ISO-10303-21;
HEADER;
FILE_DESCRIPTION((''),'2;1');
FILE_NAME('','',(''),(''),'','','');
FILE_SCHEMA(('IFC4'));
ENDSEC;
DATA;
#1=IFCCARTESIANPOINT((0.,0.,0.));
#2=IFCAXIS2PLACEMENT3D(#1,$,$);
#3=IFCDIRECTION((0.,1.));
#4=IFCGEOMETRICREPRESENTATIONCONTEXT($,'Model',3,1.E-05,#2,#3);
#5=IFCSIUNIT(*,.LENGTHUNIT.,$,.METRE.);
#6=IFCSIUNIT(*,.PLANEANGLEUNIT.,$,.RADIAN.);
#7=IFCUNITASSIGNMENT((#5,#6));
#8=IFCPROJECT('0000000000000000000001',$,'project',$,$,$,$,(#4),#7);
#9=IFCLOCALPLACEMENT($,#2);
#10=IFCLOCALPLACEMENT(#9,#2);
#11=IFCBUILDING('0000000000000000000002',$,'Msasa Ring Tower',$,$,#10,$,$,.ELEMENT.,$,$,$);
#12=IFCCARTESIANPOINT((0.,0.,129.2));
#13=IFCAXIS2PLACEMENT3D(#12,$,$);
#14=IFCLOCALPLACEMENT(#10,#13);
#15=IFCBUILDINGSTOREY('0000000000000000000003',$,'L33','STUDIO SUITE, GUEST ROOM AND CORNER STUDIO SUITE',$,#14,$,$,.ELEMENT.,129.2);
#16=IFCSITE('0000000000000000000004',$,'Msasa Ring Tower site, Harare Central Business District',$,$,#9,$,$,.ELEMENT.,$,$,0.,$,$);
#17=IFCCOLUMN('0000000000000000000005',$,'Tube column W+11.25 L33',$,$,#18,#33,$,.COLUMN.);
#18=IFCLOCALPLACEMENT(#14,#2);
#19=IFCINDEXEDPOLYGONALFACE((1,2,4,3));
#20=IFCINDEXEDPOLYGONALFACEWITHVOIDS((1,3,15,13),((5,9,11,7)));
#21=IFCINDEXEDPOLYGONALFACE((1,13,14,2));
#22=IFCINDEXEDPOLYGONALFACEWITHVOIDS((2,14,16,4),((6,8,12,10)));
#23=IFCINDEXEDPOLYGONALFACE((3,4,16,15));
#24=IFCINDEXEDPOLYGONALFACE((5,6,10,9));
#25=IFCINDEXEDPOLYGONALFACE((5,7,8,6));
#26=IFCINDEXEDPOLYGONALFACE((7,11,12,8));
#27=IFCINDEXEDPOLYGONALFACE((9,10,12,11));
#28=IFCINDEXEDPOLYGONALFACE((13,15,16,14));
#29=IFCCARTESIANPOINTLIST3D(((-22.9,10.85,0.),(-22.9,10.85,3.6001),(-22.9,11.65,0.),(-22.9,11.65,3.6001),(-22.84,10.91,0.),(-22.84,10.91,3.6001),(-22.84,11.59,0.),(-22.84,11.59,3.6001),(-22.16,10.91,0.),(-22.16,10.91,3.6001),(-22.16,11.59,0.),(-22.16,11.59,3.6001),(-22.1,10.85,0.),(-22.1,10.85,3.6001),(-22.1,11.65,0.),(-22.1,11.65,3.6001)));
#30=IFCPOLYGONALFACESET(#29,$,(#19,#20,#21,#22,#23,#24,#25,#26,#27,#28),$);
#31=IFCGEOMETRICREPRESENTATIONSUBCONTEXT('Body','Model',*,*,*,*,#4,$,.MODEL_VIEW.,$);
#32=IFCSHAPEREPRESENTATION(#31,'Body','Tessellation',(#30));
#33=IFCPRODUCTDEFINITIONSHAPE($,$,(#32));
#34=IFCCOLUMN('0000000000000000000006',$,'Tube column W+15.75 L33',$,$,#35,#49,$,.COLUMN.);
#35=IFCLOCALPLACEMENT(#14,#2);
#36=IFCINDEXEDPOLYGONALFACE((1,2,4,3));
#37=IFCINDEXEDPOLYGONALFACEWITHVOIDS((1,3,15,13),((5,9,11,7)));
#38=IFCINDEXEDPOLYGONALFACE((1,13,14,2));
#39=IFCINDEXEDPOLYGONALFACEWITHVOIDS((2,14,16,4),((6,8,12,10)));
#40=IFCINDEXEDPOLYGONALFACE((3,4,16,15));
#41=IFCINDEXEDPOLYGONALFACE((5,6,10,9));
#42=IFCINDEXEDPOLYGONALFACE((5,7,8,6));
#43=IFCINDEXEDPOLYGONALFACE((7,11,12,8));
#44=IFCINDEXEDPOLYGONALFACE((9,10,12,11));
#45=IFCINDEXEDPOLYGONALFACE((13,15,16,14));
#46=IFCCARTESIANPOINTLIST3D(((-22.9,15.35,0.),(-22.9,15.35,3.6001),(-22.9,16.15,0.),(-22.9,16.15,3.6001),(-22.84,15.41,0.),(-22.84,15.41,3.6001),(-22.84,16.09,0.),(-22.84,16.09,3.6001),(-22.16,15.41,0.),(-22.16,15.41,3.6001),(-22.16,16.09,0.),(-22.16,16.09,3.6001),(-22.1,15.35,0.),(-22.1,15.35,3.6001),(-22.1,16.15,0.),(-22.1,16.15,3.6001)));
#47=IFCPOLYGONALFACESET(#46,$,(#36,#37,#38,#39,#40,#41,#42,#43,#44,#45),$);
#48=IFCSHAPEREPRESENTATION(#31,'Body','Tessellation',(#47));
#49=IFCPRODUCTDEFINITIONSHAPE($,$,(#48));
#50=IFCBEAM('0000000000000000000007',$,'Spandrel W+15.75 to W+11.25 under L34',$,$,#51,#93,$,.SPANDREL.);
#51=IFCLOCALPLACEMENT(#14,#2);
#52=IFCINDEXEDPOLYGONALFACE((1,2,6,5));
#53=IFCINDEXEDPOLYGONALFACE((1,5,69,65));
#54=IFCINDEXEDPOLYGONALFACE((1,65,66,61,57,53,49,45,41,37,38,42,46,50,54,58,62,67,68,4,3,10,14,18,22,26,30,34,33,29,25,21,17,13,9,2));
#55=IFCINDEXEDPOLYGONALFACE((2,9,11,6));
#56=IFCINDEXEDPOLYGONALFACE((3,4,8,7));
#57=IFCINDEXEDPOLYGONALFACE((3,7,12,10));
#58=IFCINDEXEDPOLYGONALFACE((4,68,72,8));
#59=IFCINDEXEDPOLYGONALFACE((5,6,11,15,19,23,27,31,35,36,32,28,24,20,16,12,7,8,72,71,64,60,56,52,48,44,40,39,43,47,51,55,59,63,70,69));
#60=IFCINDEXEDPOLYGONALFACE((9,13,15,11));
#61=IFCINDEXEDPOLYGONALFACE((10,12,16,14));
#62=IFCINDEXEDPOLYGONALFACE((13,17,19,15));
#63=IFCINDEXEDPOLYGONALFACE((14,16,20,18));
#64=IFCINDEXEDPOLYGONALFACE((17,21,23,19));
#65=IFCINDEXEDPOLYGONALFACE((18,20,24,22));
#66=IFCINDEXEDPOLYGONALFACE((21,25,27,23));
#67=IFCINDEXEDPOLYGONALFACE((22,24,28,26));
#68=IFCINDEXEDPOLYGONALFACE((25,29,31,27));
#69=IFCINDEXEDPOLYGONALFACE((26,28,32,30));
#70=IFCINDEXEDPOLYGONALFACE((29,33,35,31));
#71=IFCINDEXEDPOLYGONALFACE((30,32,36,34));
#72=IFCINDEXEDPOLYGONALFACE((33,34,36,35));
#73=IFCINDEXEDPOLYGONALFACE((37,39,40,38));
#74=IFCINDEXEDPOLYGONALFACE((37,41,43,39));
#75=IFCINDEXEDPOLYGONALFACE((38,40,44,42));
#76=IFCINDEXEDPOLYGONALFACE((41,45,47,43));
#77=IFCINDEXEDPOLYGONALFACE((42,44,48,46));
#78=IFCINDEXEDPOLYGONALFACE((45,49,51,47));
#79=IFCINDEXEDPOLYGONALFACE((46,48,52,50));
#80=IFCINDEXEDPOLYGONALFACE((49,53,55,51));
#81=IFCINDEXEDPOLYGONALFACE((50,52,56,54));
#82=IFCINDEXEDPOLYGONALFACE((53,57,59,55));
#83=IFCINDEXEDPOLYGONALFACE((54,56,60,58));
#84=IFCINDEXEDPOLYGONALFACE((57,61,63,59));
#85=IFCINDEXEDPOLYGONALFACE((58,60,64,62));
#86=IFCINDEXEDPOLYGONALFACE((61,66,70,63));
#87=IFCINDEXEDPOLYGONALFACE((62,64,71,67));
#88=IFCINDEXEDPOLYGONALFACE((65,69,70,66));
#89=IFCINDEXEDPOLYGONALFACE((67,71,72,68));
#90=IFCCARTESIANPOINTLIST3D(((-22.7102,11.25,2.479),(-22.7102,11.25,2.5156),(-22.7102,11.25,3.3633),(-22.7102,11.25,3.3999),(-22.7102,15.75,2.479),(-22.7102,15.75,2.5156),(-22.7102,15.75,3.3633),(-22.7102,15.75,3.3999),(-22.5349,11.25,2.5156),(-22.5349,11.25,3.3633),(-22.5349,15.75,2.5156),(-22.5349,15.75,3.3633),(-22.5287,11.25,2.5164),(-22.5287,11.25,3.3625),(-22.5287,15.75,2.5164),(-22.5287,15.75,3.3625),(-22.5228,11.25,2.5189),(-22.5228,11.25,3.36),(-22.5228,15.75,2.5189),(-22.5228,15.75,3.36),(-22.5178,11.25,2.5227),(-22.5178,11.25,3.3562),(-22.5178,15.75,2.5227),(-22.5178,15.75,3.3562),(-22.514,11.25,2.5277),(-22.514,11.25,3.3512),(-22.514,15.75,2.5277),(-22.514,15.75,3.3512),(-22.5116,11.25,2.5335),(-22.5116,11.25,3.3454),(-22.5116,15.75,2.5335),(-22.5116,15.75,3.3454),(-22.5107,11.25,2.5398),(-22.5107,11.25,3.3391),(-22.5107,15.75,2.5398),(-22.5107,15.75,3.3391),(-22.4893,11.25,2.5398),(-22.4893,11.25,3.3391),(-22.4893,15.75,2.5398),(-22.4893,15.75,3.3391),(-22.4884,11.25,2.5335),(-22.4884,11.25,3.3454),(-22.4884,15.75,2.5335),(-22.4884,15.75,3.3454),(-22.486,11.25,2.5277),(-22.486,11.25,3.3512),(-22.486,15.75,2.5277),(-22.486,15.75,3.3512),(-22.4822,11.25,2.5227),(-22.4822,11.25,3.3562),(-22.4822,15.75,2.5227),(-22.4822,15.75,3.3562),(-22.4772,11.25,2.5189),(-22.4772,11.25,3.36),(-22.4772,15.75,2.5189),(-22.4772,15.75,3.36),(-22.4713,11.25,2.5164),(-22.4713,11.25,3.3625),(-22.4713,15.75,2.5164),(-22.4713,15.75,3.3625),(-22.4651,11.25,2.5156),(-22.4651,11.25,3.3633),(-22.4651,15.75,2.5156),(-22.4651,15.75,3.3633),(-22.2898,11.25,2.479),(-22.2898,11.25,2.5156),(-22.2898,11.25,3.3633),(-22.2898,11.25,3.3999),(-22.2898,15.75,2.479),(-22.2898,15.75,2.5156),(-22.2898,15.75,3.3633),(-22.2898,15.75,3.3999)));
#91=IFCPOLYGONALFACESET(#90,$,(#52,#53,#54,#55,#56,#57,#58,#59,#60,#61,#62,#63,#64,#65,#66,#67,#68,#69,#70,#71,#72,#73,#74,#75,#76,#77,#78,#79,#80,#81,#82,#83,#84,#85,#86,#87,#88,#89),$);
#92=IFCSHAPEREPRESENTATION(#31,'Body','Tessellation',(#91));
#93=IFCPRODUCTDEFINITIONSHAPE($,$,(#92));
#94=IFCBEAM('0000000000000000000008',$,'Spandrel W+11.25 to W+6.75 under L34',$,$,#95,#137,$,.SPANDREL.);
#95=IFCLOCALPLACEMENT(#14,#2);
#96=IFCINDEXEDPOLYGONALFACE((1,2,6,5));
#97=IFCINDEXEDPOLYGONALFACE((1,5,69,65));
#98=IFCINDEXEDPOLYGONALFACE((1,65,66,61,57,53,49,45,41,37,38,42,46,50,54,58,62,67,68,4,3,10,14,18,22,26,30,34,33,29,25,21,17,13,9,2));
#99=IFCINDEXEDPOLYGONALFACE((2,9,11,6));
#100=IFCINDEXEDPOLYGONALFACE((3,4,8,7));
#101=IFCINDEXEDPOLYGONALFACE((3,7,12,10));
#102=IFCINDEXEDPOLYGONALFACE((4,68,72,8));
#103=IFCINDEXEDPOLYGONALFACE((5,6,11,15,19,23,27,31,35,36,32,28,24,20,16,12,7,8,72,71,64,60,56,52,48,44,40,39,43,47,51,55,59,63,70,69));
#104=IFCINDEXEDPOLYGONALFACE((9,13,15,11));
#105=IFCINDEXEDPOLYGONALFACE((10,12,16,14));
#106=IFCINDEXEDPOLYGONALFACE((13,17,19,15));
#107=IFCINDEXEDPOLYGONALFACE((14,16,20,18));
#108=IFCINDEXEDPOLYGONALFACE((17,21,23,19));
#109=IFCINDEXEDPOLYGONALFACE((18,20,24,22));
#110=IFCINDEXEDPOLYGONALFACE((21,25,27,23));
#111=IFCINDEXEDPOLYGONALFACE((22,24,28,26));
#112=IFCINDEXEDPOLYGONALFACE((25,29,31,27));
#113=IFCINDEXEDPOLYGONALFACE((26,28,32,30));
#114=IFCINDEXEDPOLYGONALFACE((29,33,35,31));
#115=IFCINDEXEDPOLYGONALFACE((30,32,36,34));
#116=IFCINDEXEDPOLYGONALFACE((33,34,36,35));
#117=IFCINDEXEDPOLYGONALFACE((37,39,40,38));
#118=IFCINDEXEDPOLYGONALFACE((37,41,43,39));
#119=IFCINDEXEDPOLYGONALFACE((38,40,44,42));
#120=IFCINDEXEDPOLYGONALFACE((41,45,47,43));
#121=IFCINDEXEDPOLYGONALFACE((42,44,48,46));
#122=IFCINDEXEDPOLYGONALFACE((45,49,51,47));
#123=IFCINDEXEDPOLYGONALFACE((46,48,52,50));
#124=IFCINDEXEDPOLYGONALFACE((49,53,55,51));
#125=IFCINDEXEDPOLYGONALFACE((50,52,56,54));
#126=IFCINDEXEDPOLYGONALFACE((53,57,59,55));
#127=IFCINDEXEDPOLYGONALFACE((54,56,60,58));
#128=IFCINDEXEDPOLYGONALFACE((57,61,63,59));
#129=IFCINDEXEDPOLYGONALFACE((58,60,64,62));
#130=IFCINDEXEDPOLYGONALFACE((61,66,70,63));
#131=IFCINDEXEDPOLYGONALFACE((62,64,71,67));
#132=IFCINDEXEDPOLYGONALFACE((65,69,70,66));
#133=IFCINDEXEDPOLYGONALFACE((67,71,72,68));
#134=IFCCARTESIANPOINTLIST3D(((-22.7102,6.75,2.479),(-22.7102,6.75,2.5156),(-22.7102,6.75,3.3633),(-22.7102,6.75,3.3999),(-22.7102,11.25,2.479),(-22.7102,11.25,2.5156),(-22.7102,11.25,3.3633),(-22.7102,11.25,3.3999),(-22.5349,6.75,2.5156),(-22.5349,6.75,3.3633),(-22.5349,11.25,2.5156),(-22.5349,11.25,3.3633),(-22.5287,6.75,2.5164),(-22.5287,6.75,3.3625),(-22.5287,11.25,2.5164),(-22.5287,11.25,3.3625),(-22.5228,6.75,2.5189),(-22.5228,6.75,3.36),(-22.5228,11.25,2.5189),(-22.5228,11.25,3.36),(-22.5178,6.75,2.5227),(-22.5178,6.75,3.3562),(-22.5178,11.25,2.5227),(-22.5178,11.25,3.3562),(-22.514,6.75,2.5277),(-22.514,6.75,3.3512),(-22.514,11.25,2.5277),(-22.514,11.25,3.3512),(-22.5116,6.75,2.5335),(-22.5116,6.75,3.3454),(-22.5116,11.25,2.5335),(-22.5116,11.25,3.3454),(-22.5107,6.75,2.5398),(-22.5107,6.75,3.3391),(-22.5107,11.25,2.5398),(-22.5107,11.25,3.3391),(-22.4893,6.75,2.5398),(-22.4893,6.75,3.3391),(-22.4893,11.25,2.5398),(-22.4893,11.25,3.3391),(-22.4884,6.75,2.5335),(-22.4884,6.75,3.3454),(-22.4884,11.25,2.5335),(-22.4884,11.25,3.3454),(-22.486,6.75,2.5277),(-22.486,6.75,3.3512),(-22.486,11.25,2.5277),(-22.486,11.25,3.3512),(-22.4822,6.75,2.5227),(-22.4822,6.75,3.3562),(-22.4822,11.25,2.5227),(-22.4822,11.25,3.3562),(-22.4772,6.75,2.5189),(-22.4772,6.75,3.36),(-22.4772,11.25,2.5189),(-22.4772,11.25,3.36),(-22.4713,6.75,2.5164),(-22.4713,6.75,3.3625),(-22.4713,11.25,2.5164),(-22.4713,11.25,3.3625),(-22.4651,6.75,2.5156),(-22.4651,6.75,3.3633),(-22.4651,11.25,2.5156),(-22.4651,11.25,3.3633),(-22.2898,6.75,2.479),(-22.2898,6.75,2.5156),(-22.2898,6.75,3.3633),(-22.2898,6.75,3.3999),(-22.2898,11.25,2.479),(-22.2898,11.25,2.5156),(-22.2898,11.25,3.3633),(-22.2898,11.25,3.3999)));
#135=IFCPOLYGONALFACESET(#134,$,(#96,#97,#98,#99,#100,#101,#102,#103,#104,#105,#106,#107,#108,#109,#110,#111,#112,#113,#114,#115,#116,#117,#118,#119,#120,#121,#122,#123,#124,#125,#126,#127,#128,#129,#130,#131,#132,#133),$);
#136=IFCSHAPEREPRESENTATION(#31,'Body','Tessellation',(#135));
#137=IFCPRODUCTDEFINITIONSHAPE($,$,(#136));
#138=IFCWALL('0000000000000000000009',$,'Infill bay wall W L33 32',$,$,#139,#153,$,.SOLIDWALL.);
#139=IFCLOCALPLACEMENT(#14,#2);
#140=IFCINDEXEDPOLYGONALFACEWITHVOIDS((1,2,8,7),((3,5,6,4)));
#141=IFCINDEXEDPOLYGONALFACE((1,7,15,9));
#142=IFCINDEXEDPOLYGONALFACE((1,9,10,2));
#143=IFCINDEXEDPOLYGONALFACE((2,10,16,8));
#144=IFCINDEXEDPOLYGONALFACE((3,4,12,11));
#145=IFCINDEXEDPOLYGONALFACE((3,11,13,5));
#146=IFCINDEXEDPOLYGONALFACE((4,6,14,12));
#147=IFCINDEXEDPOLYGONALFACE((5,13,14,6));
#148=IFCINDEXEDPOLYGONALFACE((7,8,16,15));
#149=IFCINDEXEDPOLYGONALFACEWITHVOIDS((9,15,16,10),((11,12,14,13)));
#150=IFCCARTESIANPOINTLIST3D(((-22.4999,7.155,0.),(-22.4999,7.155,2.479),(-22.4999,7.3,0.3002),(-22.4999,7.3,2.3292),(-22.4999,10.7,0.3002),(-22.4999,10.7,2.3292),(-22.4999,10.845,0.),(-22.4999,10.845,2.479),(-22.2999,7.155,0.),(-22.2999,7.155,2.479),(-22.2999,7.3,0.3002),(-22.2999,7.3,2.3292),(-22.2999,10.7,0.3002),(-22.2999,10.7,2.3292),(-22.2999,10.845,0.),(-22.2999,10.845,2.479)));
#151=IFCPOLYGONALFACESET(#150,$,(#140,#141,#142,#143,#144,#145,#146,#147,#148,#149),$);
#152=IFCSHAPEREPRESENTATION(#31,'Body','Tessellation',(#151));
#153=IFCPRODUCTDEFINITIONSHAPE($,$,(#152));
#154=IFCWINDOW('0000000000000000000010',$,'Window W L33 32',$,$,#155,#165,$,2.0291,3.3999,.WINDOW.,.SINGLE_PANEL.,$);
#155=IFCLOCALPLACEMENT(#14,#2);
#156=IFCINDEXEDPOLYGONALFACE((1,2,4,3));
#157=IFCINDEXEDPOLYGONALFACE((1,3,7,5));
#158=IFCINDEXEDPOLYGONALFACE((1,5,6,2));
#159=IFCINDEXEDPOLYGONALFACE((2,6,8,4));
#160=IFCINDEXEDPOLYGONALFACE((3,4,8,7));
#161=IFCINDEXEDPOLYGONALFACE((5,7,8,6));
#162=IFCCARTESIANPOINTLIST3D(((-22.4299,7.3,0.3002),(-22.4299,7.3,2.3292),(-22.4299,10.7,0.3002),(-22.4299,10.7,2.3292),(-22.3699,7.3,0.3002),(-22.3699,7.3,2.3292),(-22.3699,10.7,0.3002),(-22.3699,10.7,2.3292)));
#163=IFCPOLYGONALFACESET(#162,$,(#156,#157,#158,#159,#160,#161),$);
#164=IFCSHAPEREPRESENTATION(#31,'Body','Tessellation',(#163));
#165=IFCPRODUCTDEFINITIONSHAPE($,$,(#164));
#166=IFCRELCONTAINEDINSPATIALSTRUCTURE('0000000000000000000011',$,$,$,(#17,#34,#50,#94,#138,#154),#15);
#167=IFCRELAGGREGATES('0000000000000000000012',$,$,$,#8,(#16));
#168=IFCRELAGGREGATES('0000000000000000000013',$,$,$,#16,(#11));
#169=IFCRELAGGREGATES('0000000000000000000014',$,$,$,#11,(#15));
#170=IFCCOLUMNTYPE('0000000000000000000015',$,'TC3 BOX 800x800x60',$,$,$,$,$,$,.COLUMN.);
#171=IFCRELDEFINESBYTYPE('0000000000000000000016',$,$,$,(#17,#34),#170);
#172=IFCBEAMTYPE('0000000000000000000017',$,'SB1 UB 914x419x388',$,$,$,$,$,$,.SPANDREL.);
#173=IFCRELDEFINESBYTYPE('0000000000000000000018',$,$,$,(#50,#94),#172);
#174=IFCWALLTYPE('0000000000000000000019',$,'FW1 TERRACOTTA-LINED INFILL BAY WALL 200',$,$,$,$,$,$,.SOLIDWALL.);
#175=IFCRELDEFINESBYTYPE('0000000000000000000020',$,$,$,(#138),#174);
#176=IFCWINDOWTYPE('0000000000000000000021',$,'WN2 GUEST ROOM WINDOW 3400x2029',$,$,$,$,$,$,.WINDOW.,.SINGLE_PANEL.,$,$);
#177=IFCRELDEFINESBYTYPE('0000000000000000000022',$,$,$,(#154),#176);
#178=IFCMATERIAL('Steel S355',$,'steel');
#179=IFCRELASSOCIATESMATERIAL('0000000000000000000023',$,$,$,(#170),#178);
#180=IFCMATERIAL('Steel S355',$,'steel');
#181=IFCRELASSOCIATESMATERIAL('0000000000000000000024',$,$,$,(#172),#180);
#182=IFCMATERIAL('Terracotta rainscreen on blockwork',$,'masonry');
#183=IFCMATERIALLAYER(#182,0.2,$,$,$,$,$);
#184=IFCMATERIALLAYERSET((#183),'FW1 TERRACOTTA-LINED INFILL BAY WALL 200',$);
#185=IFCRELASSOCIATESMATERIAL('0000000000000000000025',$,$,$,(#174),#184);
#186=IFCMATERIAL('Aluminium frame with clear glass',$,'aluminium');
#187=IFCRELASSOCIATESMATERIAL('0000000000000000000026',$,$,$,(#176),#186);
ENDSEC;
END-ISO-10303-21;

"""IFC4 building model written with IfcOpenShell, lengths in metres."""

from ifc_helpers import new_model, si_unit, direction, frame, frame_2d, origin, origin_2d, place, context, subcontext, project, spatial, rectangle, hollow_rectangle, i_section, extrude, material, layer, layer_set, material_profile, profile_set, type_object, element, fill, save


model = new_model("IFC4")

# Units and contexts
model_context = context("Model", 3, precision=1e-05, world=origin(), true_north=direction((0.0, 1.0)))
body_context = subcontext(model_context, "Body", "Model", "MODEL_VIEW")
ifc_project = project(units=[si_unit("LENGTHUNIT", "METRE"), si_unit("PLANEANGLEUNIT", "RADIAN")], contexts=[model_context])

# Site, building, storey
site_placement = place(None, origin())
site = spatial("IfcSite", under=ifc_project, at=site_placement, Name="Msasa Ring Tower site, Harare Central Business District", CompositionType="ELEMENT", RefElevation=0.0)
building_placement = place(site_placement, origin())
building = spatial("IfcBuilding", under=site, at=building_placement, Name="Msasa Ring Tower", CompositionType="ELEMENT")
storey_placement = place(building_placement, frame((0.0, 0.0, 129.2)))
storey = spatial("IfcBuildingStorey", under=building, at=storey_placement, Name="L33", Description="STUDIO SUITE, GUEST ROOM AND CORNER STUDIO SUITE", CompositionType="ELEMENT", Elevation=129.2)

# Columns
ifc_material_1 = material(Name="Steel S355", Category="steel")
ifc_material_profile_1 = material_profile(ifc_material_1, hollow_rectangle(XDim=0.8, YDim=0.8, WallThickness=0.0601, at=origin_2d()), Name="BOX 800x800x60")
ifc_profile_set_1 = profile_set([ifc_material_profile_1], Name="Steel S355")
column_type = type_object("IfcColumnType", Name="TC3 BOX 800x800x60", PredefinedType="COLUMN", material=ifc_profile_set_1)
for number, where, z_axis, x_axis, name in (
    (1, (-22.5, 11.25, 0.0), (0.0, 0.0, 1.0), (1.0, 0.0, 0.0), "Tube column W+11.25 L33"),
    (2, (-22.5, 15.75, 0.0), (0.0, 0.0, 1.0), (1.0, 0.0, 0.0), "Tube column W+15.75 L33"),
):
    element("IfcColumn", number, at=place(storey_placement, frame(where, z_axis=z_axis, x_axis=x_axis)), inside=storey, type_object=column_type, Name=name, PredefinedType="COLUMN", context=body_context, shape_type="SweptSolid", body=[
        extrude(hollow_rectangle(XDim=0.8, YDim=0.8, WallThickness=0.0601, at=origin_2d()), origin(), (0.0, 0.0, 1.0), 3.6001),
    ])

# Beams
ifc_material_2 = material(Name="Steel S355", Category="steel")
ifc_material_profile_2 = material_profile(ifc_material_2, i_section(OverallWidth=0.4204, OverallDepth=0.9209, WebThickness=0.0215, FlangeThickness=0.0366, FilletRadius=0.0242, at=origin_2d()), Name="UB 914x419x388")
ifc_profile_set_2 = profile_set([ifc_material_profile_2], Name="Steel S355")
beam_type = type_object("IfcBeamType", Name="SB1 UB 914x419x388", PredefinedType="SPANDREL", material=ifc_profile_set_2)
for number, where, z_axis, x_axis, name in (
    (3, (-22.5, 15.75, 2.9395), (0.0, -1.0, 0.0), (1.0, 0.0, 0.0), "Spandrel W+15.75 to W+11.25 under L34"),
    (4, (-22.5, 11.25, 2.9395), (0.0, -1.0, 0.0), (1.0, 0.0, 0.0), "Spandrel W+11.25 to W+6.75 under L34"),
):
    element("IfcBeam", number, at=place(storey_placement, frame(where, z_axis=z_axis, x_axis=x_axis)), inside=storey, type_object=beam_type, Name=name, PredefinedType="SPANDREL", context=body_context, shape_type="SweptSolid", body=[
        extrude(i_section(OverallWidth=0.4204, OverallDepth=0.9209, WebThickness=0.0215, FlangeThickness=0.0366, FilletRadius=0.0242, at=origin_2d()), origin(), (0.0, 0.0, 1.0), 4.5),
    ])

# Wall, opening, window
ifc_material_3 = material(Name="Terracotta rainscreen on blockwork", Category="masonry")
ifc_layer_1 = layer(ifc_material_3, 0.2)
ifc_layer_set_1 = layer_set([ifc_layer_1], Name="FW1 TERRACOTTA-LINED INFILL BAY WALL 200")
wall_type_1 = type_object("IfcWallType", Name="FW1 TERRACOTTA-LINED INFILL BAY WALL 200", PredefinedType="SOLIDWALL", material=ifc_layer_set_1)
wall_1_placement = place(storey_placement, frame((-22.3999, 7.155, 0.0), z_axis=(0.0, 0.0, 1.0), x_axis=(0.0, 1.0, 0.0)))
wall_1 = element("IfcWall", 5, at=wall_1_placement, inside=storey, type_object=wall_type_1, Name="Infill bay wall W L33 32", PredefinedType="SOLIDWALL", context=body_context, shape_type="SweptSolid", body=[
    extrude(rectangle(XDim=3.6899, YDim=0.2, at=frame_2d((1.845, 0.0))), origin(), (0.0, 0.0, 1.0), 2.479),
])
opening_1_placement = place(wall_1_placement, frame((0.145, 0.0, 0.3)))
opening_1 = element("IfcOpeningElement", 6, at=opening_1_placement, cuts=wall_1, PredefinedType="OPENING", context=body_context, shape_type="SweptSolid", body=[
    extrude(rectangle(XDim=3.3999, YDim=2.0291, at=frame_2d((1.7, 1.0146))), frame((0.0, 0.1099, 0.0), z_axis=(0.0, -1.0, 0.0), x_axis=(1.0, 0.0, 0.0)), (0.0, 0.0, 1.0), 0.22),
])
ifc_material_4 = material(Name="Aluminium frame with clear glass", Category="aluminium")
window_type = type_object("IfcWindowType", Name="WN2 GUEST ROOM WINDOW 3400x2029", PartitioningType="SINGLE_PANEL", PredefinedType="WINDOW", material=ifc_material_4)
window_1_placement = place(opening_1_placement, origin())
window_1 = element("IfcWindow", 7, at=window_1_placement, inside=storey, type_object=window_type, Name="Window W L33 32", OverallHeight=2.0291, OverallWidth=3.3999, PartitioningType="SINGLE_PANEL", PredefinedType="WINDOW", context=body_context, shape_type="SweptSolid", body=[
    extrude(rectangle(XDim=3.3999, YDim=2.0291, at=frame_2d((1.7, 1.0146))), frame((0.0, 0.03, 0.0), z_axis=(0.0, -1.0, 0.0), x_axis=(1.0, 0.0, 0.0)), (0.0, 0.0, 1.0), 0.0601),
])
fill(opening_1, window_1)

save(model, "model.ifc")
